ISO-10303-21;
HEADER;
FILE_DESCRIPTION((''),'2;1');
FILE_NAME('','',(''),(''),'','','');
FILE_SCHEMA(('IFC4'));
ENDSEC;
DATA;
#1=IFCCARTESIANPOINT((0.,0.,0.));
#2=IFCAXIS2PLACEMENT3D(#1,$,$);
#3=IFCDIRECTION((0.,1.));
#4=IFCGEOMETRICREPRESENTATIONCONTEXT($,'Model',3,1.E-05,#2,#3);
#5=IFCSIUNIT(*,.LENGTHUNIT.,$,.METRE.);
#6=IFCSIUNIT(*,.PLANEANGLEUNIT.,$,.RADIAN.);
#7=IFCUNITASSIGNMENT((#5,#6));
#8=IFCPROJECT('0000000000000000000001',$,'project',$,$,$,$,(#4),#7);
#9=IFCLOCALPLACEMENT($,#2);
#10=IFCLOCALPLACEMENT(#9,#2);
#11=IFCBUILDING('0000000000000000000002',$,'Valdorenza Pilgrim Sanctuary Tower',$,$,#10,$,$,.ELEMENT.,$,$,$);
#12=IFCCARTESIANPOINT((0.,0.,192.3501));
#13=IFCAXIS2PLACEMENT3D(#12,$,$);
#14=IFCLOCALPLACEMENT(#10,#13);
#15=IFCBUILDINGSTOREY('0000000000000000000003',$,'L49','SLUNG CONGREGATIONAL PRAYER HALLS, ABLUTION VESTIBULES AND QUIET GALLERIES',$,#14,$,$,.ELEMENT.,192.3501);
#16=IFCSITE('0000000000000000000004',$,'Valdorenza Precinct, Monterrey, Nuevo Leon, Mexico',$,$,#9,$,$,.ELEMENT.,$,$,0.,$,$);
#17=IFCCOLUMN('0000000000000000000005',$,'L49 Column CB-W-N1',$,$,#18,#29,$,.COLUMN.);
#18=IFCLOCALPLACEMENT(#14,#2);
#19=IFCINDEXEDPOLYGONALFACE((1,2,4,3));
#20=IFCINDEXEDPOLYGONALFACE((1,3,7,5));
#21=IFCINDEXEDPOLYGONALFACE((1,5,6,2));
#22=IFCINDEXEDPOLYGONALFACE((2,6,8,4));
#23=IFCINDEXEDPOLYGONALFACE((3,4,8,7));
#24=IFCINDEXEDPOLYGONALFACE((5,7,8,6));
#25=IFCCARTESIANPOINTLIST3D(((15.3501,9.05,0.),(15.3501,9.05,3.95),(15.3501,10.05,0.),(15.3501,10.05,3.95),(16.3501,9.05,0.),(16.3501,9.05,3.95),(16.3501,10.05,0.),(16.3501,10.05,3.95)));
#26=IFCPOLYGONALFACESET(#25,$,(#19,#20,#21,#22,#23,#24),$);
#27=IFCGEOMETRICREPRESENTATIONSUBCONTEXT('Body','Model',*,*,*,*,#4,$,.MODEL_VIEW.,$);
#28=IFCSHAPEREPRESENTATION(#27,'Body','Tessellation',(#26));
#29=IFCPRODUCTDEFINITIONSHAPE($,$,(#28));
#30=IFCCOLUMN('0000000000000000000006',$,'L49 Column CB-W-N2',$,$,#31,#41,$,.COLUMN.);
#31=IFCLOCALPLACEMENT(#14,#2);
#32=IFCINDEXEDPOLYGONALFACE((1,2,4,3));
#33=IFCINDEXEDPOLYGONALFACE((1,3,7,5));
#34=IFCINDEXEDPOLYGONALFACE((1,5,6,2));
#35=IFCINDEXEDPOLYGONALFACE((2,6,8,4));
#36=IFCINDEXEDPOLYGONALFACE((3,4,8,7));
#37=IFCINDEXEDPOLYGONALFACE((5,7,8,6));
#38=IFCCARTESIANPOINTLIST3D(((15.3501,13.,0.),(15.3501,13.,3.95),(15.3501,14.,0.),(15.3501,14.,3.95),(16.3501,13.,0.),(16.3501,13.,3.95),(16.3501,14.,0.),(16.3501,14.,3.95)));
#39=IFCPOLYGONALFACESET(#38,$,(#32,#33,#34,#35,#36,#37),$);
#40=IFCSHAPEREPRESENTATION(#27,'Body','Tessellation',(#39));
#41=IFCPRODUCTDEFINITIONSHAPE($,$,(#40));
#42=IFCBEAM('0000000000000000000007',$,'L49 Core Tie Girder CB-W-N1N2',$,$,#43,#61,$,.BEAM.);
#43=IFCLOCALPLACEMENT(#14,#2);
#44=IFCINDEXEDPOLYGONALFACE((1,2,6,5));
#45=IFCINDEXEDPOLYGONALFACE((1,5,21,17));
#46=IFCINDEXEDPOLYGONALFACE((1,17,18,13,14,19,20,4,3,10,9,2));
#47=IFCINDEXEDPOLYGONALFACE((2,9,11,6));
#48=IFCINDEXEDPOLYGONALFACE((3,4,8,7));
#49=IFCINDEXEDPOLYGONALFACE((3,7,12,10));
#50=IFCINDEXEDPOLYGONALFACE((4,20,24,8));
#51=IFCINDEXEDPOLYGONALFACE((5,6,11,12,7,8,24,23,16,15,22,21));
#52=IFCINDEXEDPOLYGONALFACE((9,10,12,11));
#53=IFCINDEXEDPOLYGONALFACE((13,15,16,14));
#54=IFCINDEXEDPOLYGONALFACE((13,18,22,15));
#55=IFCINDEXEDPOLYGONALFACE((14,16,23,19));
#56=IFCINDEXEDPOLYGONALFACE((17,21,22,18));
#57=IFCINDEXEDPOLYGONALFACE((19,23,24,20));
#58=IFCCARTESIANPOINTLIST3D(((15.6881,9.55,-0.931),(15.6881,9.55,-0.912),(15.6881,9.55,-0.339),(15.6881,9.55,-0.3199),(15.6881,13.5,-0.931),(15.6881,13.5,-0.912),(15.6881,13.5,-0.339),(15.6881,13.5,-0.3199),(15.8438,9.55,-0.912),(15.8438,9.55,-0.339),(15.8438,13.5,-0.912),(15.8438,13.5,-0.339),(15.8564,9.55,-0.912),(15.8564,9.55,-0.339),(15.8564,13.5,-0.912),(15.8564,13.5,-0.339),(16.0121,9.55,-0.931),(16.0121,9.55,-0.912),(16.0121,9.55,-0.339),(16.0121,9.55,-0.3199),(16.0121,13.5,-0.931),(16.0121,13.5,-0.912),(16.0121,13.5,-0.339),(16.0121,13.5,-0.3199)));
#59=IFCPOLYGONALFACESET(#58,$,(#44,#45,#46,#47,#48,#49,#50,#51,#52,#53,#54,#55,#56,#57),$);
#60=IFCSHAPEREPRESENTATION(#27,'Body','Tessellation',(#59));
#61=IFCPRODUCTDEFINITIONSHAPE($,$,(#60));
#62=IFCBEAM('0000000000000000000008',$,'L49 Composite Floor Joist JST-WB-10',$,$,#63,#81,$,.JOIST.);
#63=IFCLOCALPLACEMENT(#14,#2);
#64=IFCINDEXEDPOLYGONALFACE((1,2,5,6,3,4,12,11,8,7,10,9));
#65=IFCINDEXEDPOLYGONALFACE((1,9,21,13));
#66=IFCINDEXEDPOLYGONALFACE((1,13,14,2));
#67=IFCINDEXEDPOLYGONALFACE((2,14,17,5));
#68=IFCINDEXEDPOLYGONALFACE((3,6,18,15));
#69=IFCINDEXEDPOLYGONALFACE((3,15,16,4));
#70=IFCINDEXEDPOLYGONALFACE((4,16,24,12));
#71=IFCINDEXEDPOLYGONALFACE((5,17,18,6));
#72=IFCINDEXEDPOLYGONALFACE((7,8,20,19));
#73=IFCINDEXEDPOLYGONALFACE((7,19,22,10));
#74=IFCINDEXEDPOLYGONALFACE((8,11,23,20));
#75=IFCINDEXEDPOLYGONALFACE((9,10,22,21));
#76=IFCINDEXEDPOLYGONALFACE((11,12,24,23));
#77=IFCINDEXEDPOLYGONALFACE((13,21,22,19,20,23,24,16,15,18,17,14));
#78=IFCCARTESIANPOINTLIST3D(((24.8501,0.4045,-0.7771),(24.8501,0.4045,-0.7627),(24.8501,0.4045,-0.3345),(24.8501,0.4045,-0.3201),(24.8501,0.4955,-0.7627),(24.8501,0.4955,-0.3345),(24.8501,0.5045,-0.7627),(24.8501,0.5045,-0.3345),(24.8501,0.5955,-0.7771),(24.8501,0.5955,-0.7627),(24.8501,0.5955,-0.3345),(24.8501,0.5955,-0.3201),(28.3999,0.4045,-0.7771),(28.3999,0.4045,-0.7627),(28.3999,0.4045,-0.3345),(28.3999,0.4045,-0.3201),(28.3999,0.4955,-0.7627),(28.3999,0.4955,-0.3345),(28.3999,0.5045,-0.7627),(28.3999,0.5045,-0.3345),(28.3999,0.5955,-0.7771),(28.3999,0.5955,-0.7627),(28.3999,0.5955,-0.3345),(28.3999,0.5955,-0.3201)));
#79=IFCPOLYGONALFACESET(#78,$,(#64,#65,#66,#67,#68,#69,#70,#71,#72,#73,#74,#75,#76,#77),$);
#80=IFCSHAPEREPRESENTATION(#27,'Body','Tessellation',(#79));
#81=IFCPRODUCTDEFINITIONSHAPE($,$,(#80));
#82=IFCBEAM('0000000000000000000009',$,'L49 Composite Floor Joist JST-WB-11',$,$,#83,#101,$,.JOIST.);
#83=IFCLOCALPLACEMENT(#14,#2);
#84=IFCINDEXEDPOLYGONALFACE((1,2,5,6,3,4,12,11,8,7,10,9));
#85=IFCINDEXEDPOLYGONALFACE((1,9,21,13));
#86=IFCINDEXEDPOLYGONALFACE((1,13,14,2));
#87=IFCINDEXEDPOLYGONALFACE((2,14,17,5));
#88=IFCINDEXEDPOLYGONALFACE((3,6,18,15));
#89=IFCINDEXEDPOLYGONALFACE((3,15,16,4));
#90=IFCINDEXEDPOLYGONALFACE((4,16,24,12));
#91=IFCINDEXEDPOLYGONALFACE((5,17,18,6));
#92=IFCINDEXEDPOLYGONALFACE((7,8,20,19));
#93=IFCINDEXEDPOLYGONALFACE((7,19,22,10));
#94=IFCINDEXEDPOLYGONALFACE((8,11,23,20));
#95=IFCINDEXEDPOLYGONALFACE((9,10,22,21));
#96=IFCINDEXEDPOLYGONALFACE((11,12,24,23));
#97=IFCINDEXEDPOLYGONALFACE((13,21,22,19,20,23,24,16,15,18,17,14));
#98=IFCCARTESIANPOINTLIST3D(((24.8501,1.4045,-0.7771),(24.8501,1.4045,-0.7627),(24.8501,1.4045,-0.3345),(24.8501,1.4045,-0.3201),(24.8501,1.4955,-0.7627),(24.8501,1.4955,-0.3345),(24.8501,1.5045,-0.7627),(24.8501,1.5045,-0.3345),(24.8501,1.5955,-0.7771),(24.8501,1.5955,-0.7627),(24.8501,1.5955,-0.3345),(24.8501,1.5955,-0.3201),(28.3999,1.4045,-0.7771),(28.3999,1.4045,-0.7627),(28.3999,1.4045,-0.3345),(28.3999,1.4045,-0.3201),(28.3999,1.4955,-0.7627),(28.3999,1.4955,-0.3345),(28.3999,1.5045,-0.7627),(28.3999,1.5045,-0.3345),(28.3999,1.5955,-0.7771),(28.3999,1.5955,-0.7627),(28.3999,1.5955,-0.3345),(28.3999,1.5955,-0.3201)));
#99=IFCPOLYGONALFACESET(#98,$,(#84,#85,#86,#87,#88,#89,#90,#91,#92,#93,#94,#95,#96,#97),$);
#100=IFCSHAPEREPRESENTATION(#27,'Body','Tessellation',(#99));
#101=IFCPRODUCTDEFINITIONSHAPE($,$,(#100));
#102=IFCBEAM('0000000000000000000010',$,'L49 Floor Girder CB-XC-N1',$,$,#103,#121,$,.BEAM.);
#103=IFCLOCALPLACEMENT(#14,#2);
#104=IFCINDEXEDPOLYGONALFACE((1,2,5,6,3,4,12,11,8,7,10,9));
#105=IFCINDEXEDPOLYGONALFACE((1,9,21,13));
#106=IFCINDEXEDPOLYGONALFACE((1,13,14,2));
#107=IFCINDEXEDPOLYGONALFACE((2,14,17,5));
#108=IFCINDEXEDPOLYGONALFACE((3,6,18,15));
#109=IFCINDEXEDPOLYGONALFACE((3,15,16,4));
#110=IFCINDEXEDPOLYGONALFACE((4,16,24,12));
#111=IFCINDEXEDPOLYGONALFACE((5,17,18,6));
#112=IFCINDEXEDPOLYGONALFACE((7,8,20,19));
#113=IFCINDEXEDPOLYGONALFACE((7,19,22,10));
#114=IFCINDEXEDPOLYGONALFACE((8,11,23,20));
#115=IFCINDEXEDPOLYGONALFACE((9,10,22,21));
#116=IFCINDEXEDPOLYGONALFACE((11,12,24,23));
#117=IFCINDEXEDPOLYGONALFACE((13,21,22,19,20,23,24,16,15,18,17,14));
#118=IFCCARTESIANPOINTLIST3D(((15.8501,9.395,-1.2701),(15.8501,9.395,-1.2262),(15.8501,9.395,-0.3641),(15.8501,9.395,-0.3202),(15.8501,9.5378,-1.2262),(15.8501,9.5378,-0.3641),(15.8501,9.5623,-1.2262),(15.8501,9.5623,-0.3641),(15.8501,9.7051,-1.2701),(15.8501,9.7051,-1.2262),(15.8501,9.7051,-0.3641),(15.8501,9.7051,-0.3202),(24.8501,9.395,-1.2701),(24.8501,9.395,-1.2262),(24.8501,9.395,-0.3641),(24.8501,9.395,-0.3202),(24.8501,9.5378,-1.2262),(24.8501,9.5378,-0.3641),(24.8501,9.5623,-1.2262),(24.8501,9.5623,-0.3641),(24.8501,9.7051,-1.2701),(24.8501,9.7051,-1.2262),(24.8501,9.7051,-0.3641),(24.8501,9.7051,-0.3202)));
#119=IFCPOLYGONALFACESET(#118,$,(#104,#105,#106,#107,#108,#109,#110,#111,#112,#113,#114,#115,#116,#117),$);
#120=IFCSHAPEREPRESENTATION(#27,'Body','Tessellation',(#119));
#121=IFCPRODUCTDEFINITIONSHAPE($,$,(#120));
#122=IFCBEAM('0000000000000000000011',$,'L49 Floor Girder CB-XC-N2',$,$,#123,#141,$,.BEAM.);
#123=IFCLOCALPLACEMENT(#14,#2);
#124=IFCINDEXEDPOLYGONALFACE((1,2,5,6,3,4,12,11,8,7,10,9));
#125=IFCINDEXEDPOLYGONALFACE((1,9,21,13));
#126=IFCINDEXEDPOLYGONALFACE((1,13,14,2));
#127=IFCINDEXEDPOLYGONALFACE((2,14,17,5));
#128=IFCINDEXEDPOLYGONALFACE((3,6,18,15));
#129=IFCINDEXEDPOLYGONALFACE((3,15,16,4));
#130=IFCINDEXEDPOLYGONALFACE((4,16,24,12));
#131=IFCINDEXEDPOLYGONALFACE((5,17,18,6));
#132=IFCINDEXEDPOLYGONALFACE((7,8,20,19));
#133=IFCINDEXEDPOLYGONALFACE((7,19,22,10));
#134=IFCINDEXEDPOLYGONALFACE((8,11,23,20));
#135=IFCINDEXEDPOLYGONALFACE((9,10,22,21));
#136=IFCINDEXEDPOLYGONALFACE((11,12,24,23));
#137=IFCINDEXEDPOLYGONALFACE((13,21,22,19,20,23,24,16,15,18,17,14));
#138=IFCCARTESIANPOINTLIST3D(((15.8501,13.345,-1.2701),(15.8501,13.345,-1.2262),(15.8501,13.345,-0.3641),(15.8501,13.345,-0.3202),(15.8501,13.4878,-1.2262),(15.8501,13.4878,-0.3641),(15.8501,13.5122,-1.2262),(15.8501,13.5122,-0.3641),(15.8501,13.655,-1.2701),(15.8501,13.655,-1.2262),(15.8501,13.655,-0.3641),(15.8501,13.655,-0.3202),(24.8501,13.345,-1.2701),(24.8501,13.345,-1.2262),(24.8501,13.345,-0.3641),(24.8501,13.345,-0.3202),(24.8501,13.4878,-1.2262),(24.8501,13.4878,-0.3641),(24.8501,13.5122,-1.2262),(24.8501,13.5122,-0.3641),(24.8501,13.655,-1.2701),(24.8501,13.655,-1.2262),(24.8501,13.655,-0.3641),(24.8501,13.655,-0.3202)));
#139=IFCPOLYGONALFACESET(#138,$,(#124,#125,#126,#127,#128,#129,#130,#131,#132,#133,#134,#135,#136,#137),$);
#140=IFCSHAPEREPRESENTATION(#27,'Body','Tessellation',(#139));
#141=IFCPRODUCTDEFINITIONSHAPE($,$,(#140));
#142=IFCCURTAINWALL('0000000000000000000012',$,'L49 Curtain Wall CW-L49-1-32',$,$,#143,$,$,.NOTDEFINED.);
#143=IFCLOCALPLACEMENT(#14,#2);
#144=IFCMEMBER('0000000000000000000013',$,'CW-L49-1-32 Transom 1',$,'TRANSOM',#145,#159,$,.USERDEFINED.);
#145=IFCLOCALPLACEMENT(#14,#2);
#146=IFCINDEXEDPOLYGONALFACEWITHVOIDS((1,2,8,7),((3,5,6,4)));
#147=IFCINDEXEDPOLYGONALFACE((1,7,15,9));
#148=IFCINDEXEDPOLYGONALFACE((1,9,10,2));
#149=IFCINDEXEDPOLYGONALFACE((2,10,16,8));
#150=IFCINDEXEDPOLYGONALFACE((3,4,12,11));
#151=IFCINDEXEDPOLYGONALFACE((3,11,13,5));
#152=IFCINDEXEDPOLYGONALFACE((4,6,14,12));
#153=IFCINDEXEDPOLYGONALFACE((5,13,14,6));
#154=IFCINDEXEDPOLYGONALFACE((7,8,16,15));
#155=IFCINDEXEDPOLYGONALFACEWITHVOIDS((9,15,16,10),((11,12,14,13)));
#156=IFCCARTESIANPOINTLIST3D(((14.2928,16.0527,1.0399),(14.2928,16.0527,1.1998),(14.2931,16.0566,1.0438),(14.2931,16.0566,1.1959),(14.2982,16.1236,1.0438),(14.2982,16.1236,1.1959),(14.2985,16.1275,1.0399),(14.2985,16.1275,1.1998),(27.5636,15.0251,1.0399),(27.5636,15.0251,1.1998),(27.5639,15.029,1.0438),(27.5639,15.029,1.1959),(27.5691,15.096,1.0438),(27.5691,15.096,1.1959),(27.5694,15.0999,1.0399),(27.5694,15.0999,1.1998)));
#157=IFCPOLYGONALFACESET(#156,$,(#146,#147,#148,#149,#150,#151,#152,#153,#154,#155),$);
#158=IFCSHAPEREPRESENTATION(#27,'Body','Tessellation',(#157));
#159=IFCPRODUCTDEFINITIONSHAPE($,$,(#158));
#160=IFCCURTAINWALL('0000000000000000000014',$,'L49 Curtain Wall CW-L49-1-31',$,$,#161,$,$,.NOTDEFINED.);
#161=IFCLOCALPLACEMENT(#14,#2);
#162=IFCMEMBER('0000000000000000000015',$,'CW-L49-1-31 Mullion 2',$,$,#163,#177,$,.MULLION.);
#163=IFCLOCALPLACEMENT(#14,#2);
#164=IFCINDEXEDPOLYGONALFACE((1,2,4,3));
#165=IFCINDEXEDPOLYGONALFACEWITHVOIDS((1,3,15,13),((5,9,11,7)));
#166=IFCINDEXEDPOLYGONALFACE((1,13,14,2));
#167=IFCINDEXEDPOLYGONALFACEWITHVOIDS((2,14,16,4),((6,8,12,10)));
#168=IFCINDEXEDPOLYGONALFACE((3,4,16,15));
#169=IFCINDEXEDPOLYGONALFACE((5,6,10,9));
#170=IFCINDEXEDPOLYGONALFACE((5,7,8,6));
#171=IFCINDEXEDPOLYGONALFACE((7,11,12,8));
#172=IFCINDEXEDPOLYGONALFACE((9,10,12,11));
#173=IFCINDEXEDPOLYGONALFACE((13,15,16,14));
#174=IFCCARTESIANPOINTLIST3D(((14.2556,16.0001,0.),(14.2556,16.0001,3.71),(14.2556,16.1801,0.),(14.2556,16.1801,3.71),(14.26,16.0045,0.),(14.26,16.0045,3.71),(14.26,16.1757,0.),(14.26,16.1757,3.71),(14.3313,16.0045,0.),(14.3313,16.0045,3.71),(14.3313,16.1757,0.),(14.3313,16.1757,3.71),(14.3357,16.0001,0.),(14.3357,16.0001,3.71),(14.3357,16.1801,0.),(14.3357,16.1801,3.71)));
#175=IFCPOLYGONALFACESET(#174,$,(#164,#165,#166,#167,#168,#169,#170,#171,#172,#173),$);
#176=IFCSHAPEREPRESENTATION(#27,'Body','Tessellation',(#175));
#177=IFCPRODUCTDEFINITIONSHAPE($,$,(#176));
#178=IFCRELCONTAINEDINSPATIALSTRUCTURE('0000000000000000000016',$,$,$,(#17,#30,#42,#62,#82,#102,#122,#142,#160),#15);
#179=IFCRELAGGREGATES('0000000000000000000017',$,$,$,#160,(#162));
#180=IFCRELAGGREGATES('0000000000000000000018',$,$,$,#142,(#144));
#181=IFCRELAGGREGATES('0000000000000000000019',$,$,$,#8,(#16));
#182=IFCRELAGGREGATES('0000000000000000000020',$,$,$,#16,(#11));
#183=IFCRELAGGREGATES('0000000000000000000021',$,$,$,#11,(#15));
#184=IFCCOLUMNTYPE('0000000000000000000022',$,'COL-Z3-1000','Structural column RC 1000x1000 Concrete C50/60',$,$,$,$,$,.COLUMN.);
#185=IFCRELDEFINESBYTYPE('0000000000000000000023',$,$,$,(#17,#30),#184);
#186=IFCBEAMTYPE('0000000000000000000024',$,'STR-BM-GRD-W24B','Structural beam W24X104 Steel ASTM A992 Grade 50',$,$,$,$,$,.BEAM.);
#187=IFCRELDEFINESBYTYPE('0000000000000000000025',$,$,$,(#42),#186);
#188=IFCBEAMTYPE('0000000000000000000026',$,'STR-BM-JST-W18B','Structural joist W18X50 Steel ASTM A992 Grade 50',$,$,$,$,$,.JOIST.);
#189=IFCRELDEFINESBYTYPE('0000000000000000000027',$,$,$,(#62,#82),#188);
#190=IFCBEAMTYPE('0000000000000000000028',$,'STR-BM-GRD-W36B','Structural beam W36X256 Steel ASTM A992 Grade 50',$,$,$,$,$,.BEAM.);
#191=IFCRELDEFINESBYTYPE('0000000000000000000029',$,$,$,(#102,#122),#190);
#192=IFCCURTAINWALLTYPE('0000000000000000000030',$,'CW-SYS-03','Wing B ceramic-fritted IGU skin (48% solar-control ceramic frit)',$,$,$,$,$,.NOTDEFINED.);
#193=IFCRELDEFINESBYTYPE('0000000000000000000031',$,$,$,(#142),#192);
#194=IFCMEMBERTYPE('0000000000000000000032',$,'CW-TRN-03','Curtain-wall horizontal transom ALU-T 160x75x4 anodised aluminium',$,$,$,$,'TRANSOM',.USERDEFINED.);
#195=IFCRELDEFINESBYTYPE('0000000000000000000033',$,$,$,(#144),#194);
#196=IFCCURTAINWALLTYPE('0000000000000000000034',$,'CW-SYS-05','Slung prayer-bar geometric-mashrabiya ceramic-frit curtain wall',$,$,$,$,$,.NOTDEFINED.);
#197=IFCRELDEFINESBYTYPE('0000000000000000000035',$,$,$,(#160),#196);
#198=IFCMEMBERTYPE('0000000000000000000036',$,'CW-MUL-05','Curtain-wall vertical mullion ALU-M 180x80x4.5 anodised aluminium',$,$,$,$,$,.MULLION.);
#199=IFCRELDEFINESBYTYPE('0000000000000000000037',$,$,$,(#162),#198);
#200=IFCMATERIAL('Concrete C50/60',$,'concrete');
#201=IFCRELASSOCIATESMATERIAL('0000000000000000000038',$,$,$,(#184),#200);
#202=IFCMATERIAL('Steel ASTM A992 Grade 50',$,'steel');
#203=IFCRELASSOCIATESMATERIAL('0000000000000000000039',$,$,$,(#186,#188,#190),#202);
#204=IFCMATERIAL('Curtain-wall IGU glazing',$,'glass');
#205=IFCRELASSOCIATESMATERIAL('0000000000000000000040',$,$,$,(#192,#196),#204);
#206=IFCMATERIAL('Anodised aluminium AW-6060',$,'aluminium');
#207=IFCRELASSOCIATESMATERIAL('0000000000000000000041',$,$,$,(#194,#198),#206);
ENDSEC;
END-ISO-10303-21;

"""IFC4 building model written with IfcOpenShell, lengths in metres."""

from ifc_helpers import new_model, si_unit, direction, frame, origin, origin_2d, place, context, subcontext, project, spatial, rectangle, hollow_rectangle, i_section, extrude, source, transform, mapped, material, material_profile, profile_set, type_object, element, aggregate, save


model = new_model("IFC4")

# Units and contexts
model_context = context("Model", 3, precision=1e-05, world=origin(), true_north=direction((0.0, 1.0)))
body_context = subcontext(model_context, "Body", "Model", "MODEL_VIEW")
ifc_project = project(units=[si_unit("LENGTHUNIT", "METRE"), si_unit("PLANEANGLEUNIT", "RADIAN")], contexts=[model_context])

# Site, building, storey
site_placement = place(None, origin())
site = spatial("IfcSite", under=ifc_project, at=site_placement, Name="Valdorenza Precinct, Monterrey, Nuevo Leon, Mexico", CompositionType="ELEMENT", RefElevation=0.0)
building_placement = place(site_placement, origin())
building = spatial("IfcBuilding", under=site, at=building_placement, Name="Valdorenza Pilgrim Sanctuary Tower", CompositionType="ELEMENT")
storey_placement = place(building_placement, frame((0.0, 0.0, 192.3501)))
storey = spatial("IfcBuildingStorey", under=building, at=storey_placement, Name="L49", Description="SLUNG CONGREGATIONAL PRAYER HALLS, ABLUTION VESTIBULES AND QUIET GALLERIES", CompositionType="ELEMENT", Elevation=192.3501)

# Columns
ifc_material_1 = material(Name="Concrete C50/60", Category="concrete")
ifc_material_profile_1 = material_profile(ifc_material_1, rectangle(XDim=1.0, YDim=1.0, at=origin_2d()), Name="RC 1000x1000")
ifc_profile_set_1 = profile_set([ifc_material_profile_1], Name="Concrete C50/60")
column_type = type_object("IfcColumnType", Name="COL-Z3-1000", Description="Structural column RC 1000x1000 Concrete C50/60", PredefinedType="COLUMN", material=ifc_profile_set_1)
shared_shape_1 = source(origin(), body_context, "Body", "SweptSolid", [
    extrude(rectangle(XDim=1.0, YDim=1.0, at=origin_2d()), origin(), (0.0, 0.0, 1.0), 3.95),
])
for number, where, z_axis, x_axis, name in (
    (1, (15.8501, 9.55, 0.0), (0.0, 0.0, 1.0), (1.0, 0.0, 0.0), "L49 Column CB-W-N1"),
    (2, (15.8501, 13.5, 0.0), (0.0, 0.0, 1.0), (1.0, 0.0, 0.0), "L49 Column CB-W-N2"),
):
    element("IfcColumn", number, at=place(storey_placement, frame(where, z_axis=z_axis, x_axis=x_axis)), inside=storey, type_object=column_type, Name=name, PredefinedType="COLUMN", context=body_context, shape_type="MappedRepresentation", body=[
        mapped(shared_shape_1, transform((0.0, 0.0, 0.0), x_axis=(1.0, 0.0, 0.0), y_axis=(0.0, 1.0, 0.0), z_axis=(0.0, 0.0, 1.0), scale=1.0)),
    ])

# Beams
ifc_material_2 = material(Name="Steel ASTM A992 Grade 50", Category="steel")
ifc_material_profile_2 = material_profile(ifc_material_2, i_section(OverallWidth=0.324, OverallDepth=0.6111, WebThickness=0.0127, FlangeThickness=0.019, at=origin_2d()), Name="W24X104")
ifc_profile_set_2 = profile_set([ifc_material_profile_2], Name="Steel ASTM A992 Grade 50")
beam_type_1 = type_object("IfcBeamType", Name="STR-BM-GRD-W24B", Description="Structural beam W24X104 Steel ASTM A992 Grade 50", PredefinedType="BEAM", material=ifc_profile_set_2)
shared_shape_2 = source(origin(), body_context, "Body", "SweptSolid", [
    extrude(i_section(OverallWidth=0.324, OverallDepth=0.6111, WebThickness=0.0127, FlangeThickness=0.019, at=origin_2d()), origin(), (0.0, 0.0, 1.0), 3.95),
])
beam_placement = place(storey_placement, frame((15.8501, 9.55, -0.6255), z_axis=(0.0, 1.0, 0.0), x_axis=(-1.0, 0.0, 0.0)))
element("IfcBeam", 3, at=beam_placement, inside=storey, type_object=beam_type_1, Name="L49 Core Tie Girder CB-W-N1N2", PredefinedType="BEAM", context=body_context, shape_type="MappedRepresentation", body=[
    mapped(shared_shape_2, transform((0.0, 0.0, 0.0), x_axis=(1.0, 0.0, 0.0), y_axis=(0.0, 1.0, 0.0), z_axis=(0.0, 0.0, 1.0), scale=1.0)),
])
ifc_material_profile_3 = material_profile(ifc_material_2, i_section(OverallWidth=0.1909, OverallDepth=0.457, WebThickness=0.009, FlangeThickness=0.0144, at=origin_2d()), Name="W18X50")
ifc_profile_set_3 = profile_set([ifc_material_profile_3], Name="Steel ASTM A992 Grade 50")
beam_type_2 = type_object("IfcBeamType", Name="STR-BM-JST-W18B", Description="Structural joist W18X50 Steel ASTM A992 Grade 50", PredefinedType="JOIST", material=ifc_profile_set_3)
shared_shape_3 = source(origin(), body_context, "Body", "SweptSolid", [
    extrude(i_section(OverallWidth=0.1909, OverallDepth=0.457, WebThickness=0.009, FlangeThickness=0.0144, at=origin_2d()), origin(), (0.0, 0.0, 1.0), 3.5498),
])
for number, where, z_axis, x_axis, name in (
    (4, (24.8501, 0.5, -0.5486), (1.0, 0.0, 0.0), (0.0, 1.0, 0.0), "L49 Composite Floor Joist JST-WB-10"),
    (5, (24.8501, 1.5, -0.5486), (1.0, 0.0, 0.0), (0.0, 1.0, 0.0), "L49 Composite Floor Joist JST-WB-11"),
):
    element("IfcBeam", number, at=place(storey_placement, frame(where, z_axis=z_axis, x_axis=x_axis)), inside=storey, type_object=beam_type_2, Name=name, PredefinedType="JOIST", context=body_context, shape_type="MappedRepresentation", body=[
        mapped(shared_shape_3, transform((0.0, 0.0, 0.0), x_axis=(1.0, 0.0, 0.0), y_axis=(0.0, 1.0, 0.0), z_axis=(0.0, 0.0, 1.0), scale=1.0)),
    ])
ifc_material_profile_4 = material_profile(ifc_material_2, i_section(OverallWidth=0.3101, OverallDepth=0.95, WebThickness=0.0244, FlangeThickness=0.0439, at=origin_2d()), Name="W36X256")
ifc_profile_set_4 = profile_set([ifc_material_profile_4], Name="Steel ASTM A992 Grade 50")
beam_type_3 = type_object("IfcBeamType", Name="STR-BM-GRD-W36B", Description="Structural beam W36X256 Steel ASTM A992 Grade 50", PredefinedType="BEAM", material=ifc_profile_set_4)
shared_shape_4 = source(origin(), body_context, "Body", "SweptSolid", [
    extrude(i_section(OverallWidth=0.3101, OverallDepth=0.95, WebThickness=0.0244, FlangeThickness=0.0439, at=origin_2d()), origin(), (0.0, 0.0, 1.0), 9.0),
])
for number, where, z_axis, x_axis, name in (
    (6, (15.8501, 9.55, -0.7952), (1.0, 0.0, 0.0), (0.0, 1.0, 0.0), "L49 Floor Girder CB-XC-N1"),
    (7, (15.8501, 13.5, -0.7952), (1.0, 0.0, 0.0), (0.0, 1.0, 0.0), "L49 Floor Girder CB-XC-N2"),
):
    element("IfcBeam", number, at=place(storey_placement, frame(where, z_axis=z_axis, x_axis=x_axis)), inside=storey, type_object=beam_type_3, Name=name, PredefinedType="BEAM", context=body_context, shape_type="MappedRepresentation", body=[
        mapped(shared_shape_4, transform((0.0, 0.0, 0.0), x_axis=(1.0, 0.0, 0.0), y_axis=(0.0, 1.0, 0.0), z_axis=(0.0, 0.0, 1.0), scale=1.0)),
    ])

# Curtain walls, members
ifc_material_3 = material(Name="Curtain-wall IGU glazing", Category="glass")
curtain_wall_type_1 = type_object("IfcCurtainWallType", Name="CW-SYS-03", Description="Wing B ceramic-fritted IGU skin (48% solar-control ceramic frit)", PredefinedType="NOTDEFINED", material=ifc_material_3)
curtain_wall_1_placement = place(storey_placement, origin())
curtain_wall_1 = element("IfcCurtainWall", 8, at=curtain_wall_1_placement, inside=storey, type_object=curtain_wall_type_1, Name="L49 Curtain Wall CW-L49-1-32", PredefinedType="NOTDEFINED")
ifc_material_4 = material(Name="Anodised aluminium AW-6060", Category="aluminium")
ifc_material_profile_5 = material_profile(ifc_material_4, hollow_rectangle(XDim=0.075, YDim=0.1599, WallThickness=0.0039, at=origin_2d()), Name="ALU-T 160x75x4")
ifc_profile_set_5 = profile_set([ifc_material_profile_5], Name="Anodised aluminium AW-6060")
member_type_1 = type_object("IfcMemberType", Name="CW-TRN-03", Description="Curtain-wall horizontal transom ALU-T 160x75x4 anodised aluminium", ElementType="TRANSOM", PredefinedType="USERDEFINED", material=ifc_profile_set_5)
shared_shape_5 = source(origin(), body_context, "Body", "SweptSolid", [
    extrude(hollow_rectangle(XDim=0.075, YDim=0.1599, WallThickness=0.0039, at=origin_2d()), origin(), (0.0, 0.0, 1.0), 13.3105),
])
member_1_placement = place(storey_placement, frame((14.2957, 16.0901, 1.1199), z_axis=(0.997016, -0.077201, 0.0), x_axis=(0.077201, 0.997016, 0.0)))
member_1 = element("IfcMember", 9, at=member_1_placement, type_object=member_type_1, Name="CW-L49-1-32 Transom 1", ObjectType="TRANSOM", PredefinedType="USERDEFINED", context=body_context, shape_type="MappedRepresentation", body=[
    mapped(shared_shape_5, transform((0.0, 0.0, 0.0), x_axis=(1.0, 0.0, 0.0), y_axis=(0.0, 1.0, 0.0), z_axis=(0.0, 0.0, 1.0), scale=1.0)),
])
curtain_wall_type_2 = type_object("IfcCurtainWallType", Name="CW-SYS-05", Description="Slung prayer-bar geometric-mashrabiya ceramic-frit curtain wall", PredefinedType="NOTDEFINED", material=ifc_material_3)
curtain_wall_2_placement = place(storey_placement, origin())
curtain_wall_2 = element("IfcCurtainWall", 10, at=curtain_wall_2_placement, inside=storey, type_object=curtain_wall_type_2, Name="L49 Curtain Wall CW-L49-1-31", PredefinedType="NOTDEFINED")
ifc_material_profile_6 = material_profile(ifc_material_4, hollow_rectangle(XDim=0.0801, YDim=0.1799, WallThickness=0.0044, at=origin_2d()), Name="ALU-M 180x80x4.5")
ifc_profile_set_6 = profile_set([ifc_material_profile_6], Name="Anodised aluminium AW-6060")
member_type_2 = type_object("IfcMemberType", Name="CW-MUL-05", Description="Curtain-wall vertical mullion ALU-M 180x80x4.5 anodised aluminium", PredefinedType="MULLION", material=ifc_profile_set_6)
shared_shape_6 = source(origin(), body_context, "Body", "SweptSolid", [
    extrude(hollow_rectangle(XDim=0.0801, YDim=0.1799, WallThickness=0.0044, at=origin_2d()), origin(), (0.0, 0.0, 1.0), 3.71),
])
member_2_placement = place(storey_placement, frame((14.2957, 16.0901, 0.0), z_axis=(0.0, 0.0, 1.0), x_axis=(1.0, 0.0, 0.0)))
member_2 = element("IfcMember", 11, at=member_2_placement, type_object=member_type_2, Name="CW-L49-1-31 Mullion 2", PredefinedType="MULLION", context=body_context, shape_type="MappedRepresentation", body=[
    mapped(shared_shape_6, transform((0.0, 0.0, 0.0), x_axis=(1.0, 0.0, 0.0), y_axis=(0.0, 1.0, 0.0), z_axis=(0.0, 0.0, 1.0), scale=1.0)),
])
aggregate(curtain_wall_2, [member_2])

aggregate(curtain_wall_1, [member_1])

save(model, "model.ifc")
